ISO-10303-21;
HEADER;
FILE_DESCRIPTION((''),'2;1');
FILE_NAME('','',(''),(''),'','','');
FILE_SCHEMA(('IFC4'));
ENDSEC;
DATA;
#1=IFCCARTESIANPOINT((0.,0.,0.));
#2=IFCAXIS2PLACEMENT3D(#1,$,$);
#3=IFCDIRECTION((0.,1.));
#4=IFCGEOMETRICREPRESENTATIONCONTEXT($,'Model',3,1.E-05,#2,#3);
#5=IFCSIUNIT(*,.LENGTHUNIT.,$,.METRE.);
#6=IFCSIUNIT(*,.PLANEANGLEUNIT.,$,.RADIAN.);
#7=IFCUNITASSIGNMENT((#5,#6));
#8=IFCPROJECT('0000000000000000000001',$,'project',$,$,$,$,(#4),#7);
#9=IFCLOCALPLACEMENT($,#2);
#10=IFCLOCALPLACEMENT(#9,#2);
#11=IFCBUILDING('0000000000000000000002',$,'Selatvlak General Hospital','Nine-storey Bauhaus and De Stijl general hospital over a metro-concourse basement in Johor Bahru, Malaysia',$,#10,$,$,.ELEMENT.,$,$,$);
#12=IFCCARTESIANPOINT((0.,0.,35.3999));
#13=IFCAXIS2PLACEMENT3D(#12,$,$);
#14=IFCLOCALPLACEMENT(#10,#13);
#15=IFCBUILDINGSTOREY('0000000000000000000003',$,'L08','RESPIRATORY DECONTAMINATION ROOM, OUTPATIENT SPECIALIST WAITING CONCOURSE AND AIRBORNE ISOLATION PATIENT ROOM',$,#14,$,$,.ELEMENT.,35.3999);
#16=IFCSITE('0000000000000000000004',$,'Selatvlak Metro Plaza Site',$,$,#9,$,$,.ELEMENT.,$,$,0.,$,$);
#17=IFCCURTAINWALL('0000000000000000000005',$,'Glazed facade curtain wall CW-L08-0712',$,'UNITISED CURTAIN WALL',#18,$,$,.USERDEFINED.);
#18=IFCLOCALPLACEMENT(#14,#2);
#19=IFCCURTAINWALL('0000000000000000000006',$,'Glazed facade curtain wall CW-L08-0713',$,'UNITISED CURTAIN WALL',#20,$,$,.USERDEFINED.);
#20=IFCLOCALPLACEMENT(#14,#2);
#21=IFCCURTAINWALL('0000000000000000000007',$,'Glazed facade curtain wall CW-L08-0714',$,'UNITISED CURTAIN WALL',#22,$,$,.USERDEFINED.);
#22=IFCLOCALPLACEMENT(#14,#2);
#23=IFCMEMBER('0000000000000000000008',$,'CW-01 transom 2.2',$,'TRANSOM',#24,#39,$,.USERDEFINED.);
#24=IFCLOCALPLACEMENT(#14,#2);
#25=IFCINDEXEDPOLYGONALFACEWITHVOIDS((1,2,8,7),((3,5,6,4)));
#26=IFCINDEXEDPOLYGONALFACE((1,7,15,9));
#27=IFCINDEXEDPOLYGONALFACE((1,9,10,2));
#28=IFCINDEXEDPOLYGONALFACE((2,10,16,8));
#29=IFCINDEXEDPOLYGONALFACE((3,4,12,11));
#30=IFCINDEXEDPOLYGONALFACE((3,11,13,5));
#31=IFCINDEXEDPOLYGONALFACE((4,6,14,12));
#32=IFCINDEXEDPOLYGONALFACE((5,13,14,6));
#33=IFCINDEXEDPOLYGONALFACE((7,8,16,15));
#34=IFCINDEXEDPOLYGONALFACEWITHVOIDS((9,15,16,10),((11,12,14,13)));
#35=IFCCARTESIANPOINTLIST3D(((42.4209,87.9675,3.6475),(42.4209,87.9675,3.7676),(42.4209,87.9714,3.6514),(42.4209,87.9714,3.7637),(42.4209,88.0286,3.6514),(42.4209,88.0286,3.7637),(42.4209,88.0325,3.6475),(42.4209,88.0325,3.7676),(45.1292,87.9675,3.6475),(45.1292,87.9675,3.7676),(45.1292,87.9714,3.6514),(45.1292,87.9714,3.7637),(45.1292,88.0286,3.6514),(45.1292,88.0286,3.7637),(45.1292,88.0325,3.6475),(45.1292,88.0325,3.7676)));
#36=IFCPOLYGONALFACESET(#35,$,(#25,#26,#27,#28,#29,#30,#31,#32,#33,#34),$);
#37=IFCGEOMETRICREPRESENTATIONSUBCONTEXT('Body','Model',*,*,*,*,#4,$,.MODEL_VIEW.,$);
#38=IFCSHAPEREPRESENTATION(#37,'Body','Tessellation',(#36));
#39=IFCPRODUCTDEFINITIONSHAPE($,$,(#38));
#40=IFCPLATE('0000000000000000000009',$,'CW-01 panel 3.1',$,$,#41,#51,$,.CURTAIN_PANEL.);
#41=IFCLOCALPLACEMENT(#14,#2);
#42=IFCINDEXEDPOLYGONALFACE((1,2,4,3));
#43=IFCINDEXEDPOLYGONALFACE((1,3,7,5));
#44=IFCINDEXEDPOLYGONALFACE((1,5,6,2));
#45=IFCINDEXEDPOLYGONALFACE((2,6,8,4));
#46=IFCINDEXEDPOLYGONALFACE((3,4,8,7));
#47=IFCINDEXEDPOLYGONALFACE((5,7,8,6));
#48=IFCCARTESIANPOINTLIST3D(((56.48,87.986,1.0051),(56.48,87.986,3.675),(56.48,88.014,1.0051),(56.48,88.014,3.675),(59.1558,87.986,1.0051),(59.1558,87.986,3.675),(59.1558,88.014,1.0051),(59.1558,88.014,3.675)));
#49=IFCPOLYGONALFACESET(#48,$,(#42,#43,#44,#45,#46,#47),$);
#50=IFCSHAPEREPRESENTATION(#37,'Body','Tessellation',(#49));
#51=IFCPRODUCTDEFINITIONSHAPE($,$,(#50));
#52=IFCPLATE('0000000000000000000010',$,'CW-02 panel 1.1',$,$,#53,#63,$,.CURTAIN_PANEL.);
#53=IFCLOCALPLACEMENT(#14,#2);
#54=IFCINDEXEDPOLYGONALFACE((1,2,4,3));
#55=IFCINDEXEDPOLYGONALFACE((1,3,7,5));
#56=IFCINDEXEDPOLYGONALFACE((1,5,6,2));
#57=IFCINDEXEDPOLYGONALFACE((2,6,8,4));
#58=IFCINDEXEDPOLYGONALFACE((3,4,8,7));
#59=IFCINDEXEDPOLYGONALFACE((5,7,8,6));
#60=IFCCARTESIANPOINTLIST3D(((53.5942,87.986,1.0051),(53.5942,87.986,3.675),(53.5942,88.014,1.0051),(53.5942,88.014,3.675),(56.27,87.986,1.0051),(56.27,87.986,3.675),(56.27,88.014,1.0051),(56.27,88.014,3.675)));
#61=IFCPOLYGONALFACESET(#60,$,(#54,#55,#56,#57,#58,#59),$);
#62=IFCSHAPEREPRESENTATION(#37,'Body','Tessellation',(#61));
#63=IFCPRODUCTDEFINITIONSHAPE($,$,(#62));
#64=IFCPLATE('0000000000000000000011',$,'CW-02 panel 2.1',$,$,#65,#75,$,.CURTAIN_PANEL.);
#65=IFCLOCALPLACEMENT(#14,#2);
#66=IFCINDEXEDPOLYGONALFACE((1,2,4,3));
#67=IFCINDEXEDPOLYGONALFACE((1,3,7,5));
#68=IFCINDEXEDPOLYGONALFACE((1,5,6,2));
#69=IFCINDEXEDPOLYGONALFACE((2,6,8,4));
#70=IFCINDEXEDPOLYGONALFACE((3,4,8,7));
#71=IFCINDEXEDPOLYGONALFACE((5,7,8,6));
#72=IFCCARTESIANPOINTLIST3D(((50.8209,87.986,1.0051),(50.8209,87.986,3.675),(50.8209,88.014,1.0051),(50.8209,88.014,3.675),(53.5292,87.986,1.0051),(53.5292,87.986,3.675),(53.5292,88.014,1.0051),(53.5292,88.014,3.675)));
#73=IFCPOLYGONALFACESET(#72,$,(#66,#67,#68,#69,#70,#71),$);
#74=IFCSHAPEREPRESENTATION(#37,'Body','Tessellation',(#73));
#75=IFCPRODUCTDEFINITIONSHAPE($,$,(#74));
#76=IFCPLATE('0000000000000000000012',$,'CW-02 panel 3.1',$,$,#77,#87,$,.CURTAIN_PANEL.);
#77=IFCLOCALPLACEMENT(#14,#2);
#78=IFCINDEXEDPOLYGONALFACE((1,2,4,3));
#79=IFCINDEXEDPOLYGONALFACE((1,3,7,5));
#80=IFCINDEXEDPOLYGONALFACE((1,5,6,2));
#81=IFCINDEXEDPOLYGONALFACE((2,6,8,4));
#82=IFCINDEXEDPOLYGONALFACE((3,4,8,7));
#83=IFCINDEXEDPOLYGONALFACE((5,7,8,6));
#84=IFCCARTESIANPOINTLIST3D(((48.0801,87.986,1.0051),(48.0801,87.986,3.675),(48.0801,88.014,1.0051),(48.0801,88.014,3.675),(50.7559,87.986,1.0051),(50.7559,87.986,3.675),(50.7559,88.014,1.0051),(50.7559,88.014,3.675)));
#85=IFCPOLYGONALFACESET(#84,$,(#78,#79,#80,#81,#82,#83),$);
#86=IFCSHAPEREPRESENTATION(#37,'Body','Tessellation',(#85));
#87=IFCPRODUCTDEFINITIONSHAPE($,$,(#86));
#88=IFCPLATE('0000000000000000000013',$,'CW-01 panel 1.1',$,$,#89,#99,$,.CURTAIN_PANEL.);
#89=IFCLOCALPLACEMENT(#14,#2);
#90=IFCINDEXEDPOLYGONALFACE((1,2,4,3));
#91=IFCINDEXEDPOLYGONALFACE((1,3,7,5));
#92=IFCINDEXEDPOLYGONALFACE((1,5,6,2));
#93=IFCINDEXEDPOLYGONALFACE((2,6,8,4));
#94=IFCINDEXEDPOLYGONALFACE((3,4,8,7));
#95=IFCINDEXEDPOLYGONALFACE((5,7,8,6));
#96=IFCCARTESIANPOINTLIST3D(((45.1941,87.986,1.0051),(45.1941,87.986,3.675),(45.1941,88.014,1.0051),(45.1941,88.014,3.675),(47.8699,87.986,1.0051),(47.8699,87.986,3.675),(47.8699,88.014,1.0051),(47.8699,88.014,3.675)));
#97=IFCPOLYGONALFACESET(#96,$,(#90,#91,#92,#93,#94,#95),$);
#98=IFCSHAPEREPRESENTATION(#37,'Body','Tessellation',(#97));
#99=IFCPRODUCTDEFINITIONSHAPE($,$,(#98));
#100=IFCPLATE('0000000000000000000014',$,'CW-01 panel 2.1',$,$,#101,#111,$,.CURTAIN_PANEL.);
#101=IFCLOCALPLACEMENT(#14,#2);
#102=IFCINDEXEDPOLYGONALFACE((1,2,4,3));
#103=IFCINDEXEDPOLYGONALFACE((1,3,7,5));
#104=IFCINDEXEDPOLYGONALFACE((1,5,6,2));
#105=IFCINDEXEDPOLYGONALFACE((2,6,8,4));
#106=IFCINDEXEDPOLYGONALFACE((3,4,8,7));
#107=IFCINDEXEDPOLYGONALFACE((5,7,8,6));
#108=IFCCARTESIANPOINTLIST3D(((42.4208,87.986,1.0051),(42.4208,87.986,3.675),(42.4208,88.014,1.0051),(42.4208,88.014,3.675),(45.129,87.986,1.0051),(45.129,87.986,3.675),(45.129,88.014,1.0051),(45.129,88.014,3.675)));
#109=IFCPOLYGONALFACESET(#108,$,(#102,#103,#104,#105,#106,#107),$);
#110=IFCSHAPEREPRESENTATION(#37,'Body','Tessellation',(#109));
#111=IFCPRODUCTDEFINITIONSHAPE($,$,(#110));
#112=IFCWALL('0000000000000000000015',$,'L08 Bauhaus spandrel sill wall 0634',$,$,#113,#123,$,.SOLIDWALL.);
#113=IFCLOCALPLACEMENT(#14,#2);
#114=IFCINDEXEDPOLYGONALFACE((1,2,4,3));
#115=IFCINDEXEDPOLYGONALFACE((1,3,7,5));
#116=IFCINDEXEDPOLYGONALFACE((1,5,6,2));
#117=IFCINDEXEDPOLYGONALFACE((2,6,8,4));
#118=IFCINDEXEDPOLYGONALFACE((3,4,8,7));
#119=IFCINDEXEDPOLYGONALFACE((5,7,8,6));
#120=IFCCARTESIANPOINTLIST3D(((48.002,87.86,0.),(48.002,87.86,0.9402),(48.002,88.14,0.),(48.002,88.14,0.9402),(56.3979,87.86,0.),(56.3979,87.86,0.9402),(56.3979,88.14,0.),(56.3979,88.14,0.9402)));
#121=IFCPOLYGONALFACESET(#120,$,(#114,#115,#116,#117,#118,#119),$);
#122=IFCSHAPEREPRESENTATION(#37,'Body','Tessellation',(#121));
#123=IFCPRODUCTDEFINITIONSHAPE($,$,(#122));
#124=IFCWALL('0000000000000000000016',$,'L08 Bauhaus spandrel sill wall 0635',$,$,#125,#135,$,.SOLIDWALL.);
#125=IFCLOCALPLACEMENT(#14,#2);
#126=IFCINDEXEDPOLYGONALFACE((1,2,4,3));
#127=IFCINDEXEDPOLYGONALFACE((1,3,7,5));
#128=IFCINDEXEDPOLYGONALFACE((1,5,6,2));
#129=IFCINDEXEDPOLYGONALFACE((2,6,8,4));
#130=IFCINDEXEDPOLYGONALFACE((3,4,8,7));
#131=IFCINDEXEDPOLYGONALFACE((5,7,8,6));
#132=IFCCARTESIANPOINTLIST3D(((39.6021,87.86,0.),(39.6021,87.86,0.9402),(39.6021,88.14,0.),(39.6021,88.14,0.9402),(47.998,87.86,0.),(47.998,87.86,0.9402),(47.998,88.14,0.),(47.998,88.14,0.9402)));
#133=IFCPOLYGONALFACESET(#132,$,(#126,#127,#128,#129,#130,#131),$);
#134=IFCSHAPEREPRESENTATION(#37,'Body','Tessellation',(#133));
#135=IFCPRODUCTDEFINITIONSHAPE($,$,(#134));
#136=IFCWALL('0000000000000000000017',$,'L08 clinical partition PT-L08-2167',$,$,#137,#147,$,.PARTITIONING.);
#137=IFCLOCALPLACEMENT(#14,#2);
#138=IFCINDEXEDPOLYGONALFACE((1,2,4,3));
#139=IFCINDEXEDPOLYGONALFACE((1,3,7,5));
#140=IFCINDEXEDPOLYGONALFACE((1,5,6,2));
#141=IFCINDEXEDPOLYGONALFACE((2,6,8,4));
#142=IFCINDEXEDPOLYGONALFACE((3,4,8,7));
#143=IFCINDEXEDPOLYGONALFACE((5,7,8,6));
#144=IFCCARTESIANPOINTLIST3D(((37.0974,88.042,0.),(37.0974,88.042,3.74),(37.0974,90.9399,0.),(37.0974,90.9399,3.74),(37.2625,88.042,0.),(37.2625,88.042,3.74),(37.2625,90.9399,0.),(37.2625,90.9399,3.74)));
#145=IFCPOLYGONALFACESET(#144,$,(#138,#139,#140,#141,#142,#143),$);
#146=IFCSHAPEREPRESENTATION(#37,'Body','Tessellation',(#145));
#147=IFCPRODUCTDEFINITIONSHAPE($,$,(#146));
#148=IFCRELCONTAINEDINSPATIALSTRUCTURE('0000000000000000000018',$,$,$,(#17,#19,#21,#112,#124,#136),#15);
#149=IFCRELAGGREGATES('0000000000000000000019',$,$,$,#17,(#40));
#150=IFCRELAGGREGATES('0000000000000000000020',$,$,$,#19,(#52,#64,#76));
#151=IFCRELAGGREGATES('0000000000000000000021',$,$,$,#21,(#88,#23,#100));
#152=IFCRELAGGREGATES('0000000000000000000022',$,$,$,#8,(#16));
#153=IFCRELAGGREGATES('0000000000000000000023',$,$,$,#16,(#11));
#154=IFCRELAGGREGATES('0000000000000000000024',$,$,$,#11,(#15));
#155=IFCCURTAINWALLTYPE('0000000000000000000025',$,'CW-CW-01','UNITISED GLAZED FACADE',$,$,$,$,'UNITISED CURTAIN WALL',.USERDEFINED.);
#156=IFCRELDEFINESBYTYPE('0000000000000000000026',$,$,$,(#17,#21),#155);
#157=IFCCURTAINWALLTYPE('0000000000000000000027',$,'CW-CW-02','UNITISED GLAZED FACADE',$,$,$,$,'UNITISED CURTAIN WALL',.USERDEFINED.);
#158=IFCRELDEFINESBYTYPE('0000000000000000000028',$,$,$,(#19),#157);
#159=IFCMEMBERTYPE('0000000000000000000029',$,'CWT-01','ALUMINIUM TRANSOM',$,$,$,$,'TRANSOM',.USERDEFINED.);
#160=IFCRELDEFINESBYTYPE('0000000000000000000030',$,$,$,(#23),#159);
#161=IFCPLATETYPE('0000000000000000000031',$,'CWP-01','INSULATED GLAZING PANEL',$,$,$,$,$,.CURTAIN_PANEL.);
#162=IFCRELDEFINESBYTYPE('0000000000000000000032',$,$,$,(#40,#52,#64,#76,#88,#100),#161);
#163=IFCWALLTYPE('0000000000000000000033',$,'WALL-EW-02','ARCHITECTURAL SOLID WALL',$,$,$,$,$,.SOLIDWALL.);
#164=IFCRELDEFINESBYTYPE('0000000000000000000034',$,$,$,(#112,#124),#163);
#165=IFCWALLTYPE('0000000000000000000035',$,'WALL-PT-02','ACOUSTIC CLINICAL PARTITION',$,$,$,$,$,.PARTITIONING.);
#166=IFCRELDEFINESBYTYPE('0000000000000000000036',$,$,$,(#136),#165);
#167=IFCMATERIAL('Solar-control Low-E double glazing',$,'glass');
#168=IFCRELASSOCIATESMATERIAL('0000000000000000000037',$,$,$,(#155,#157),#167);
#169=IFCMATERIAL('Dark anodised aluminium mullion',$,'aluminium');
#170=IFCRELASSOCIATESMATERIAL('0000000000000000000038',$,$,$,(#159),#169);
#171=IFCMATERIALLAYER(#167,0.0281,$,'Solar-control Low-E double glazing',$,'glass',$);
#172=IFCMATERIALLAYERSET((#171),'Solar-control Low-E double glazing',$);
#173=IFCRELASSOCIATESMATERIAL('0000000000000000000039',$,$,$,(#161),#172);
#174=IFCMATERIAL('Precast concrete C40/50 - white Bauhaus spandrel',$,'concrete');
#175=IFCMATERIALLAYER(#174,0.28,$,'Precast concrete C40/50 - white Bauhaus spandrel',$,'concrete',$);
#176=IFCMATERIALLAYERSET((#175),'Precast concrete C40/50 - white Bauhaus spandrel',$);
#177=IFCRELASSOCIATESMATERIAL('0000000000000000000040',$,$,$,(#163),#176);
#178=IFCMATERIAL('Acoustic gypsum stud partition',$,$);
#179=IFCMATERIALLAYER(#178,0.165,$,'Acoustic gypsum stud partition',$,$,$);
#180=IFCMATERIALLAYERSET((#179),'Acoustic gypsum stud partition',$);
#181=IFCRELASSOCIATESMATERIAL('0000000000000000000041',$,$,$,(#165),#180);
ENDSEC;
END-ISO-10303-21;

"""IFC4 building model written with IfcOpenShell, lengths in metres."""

from ifc_helpers import new_model, si_unit, direction, frame, frame_2d, origin, origin_2d, place, context, subcontext, project, spatial, rectangle, hollow_rectangle, extrude, material, layer, layer_set, material_profile, profile_set, type_object, element, aggregate, save


model = new_model("IFC4")

# Units and contexts
model_context = context("Model", 3, precision=1e-05, world=origin(), true_north=direction((0.0, 1.0)))
body_context = subcontext(model_context, "Body", "Model", "MODEL_VIEW")
ifc_project = project(units=[si_unit("LENGTHUNIT", "METRE"), si_unit("PLANEANGLEUNIT", "RADIAN")], contexts=[model_context])

# Site, building, storey
site_placement = place(None, origin())
site = spatial("IfcSite", under=ifc_project, at=site_placement, Name="Selatvlak Metro Plaza Site", CompositionType="ELEMENT", RefElevation=0.0)
building_placement = place(site_placement, origin())
building = spatial("IfcBuilding", under=site, at=building_placement, Name="Selatvlak General Hospital", Description="Nine-storey Bauhaus and De Stijl general hospital over a metro-concourse basement in Johor Bahru, Malaysia", CompositionType="ELEMENT")
storey_placement = place(building_placement, frame((0.0, 0.0, 35.3999)))
storey = spatial("IfcBuildingStorey", under=building, at=storey_placement, Name="L08", Description="RESPIRATORY DECONTAMINATION ROOM, OUTPATIENT SPECIALIST WAITING CONCOURSE AND AIRBORNE ISOLATION PATIENT ROOM", CompositionType="ELEMENT", Elevation=35.3999)

# Curtain wall
ifc_material_1 = material(Name="Solar-control Low-E double glazing", Category="glass")
curtain_wall_type_1 = type_object("IfcCurtainWallType", Name="CW-CW-01", Description="UNITISED GLAZED FACADE", ElementType="UNITISED CURTAIN WALL", PredefinedType="USERDEFINED", material=ifc_material_1)
curtain_wall_1_placement = place(storey_placement, origin())
curtain_wall_1 = element("IfcCurtainWall", 1, at=curtain_wall_1_placement, inside=storey, type_object=curtain_wall_type_1, Name="Glazed facade curtain wall CW-L08-0712", ObjectType="UNITISED CURTAIN WALL", PredefinedType="USERDEFINED")
ifc_material_2 = material(Name="Dark anodised aluminium mullion", Category="aluminium")

# Curtain walls
curtain_wall_type_2 = type_object("IfcCurtainWallType", Name="CW-CW-02", Description="UNITISED GLAZED FACADE", ElementType="UNITISED CURTAIN WALL", PredefinedType="USERDEFINED", material=ifc_material_1)
curtain_wall_2_placement = place(storey_placement, origin())
curtain_wall_2 = element("IfcCurtainWall", 2, at=curtain_wall_2_placement, inside=storey, type_object=curtain_wall_type_2, Name="Glazed facade curtain wall CW-L08-0713", ObjectType="UNITISED CURTAIN WALL", PredefinedType="USERDEFINED")
curtain_wall_3_placement = place(storey_placement, origin())
curtain_wall_3 = element("IfcCurtainWall", 3, at=curtain_wall_3_placement, inside=storey, type_object=curtain_wall_type_1, Name="Glazed facade curtain wall CW-L08-0714", ObjectType="UNITISED CURTAIN WALL", PredefinedType="USERDEFINED")

# Member
ifc_material_profile_1 = material_profile(ifc_material_2, hollow_rectangle(XDim=0.0649, YDim=0.1201, WallThickness=0.0039, at=origin_2d()), Name="AL-TRN 65x120x4")
ifc_profile_set_1 = profile_set([ifc_material_profile_1], Name="Dark anodised aluminium mullion")
member_type_1 = type_object("IfcMemberType", Name="CWT-01", Description="ALUMINIUM TRANSOM", ElementType="TRANSOM", PredefinedType="USERDEFINED", material=ifc_profile_set_1)
member_1_placement = place(storey_placement, frame((45.1292, 88.0, 3.7075), z_axis=(-1.0, 0.0, 0.0), x_axis=(0.0, -1.0, 0.0)))
member_1 = element("IfcMember", 4, at=member_1_placement, type_object=member_type_1, Name="CW-01 transom 2.2", ObjectType="TRANSOM", PredefinedType="USERDEFINED", context=body_context, shape_type="SweptSolid", body=[
    extrude(hollow_rectangle(XDim=0.0649, YDim=0.1201, WallThickness=0.0039, at=origin_2d()), origin(), (0.0, 0.0, 1.0), 2.7083),
])

# Plates
ifc_layer_1 = layer(ifc_material_1, 0.0281, Name="Solar-control Low-E double glazing", Category="glass")
ifc_layer_set_1 = layer_set([ifc_layer_1], Name="Solar-control Low-E double glazing")
plate_type = type_object("IfcPlateType", Name="CWP-01", Description="INSULATED GLAZING PANEL", PredefinedType="CURTAIN_PANEL", material=ifc_layer_set_1)
plate_1_placement = place(storey_placement, frame((57.8179, 88.0, 1.0051), z_axis=(0.0, 0.0, 1.0), x_axis=(-1.0, 0.0, 0.0)))
plate_1 = element("IfcPlate", 5, at=plate_1_placement, type_object=plate_type, Name="CW-01 panel 3.1", PredefinedType="CURTAIN_PANEL", context=body_context, shape_type="SweptSolid", body=[
    extrude(rectangle(XDim=2.6758, YDim=0.0281, at=origin_2d()), origin(), (0.0, 0.0, 1.0), 2.6699),
])
aggregate(curtain_wall_1, [plate_1])
plate_2_placement = place(storey_placement, frame((54.9321, 88.0, 1.0051), z_axis=(0.0, 0.0, 1.0), x_axis=(-1.0, 0.0, 0.0)))
plate_2 = element("IfcPlate", 6, at=plate_2_placement, type_object=plate_type, Name="CW-02 panel 1.1", PredefinedType="CURTAIN_PANEL", context=body_context, shape_type="SweptSolid", body=[
    extrude(rectangle(XDim=2.6758, YDim=0.0281, at=origin_2d()), origin(), (0.0, 0.0, 1.0), 2.6699),
])
plate_3_placement = place(storey_placement, frame((52.175, 88.0, 1.0051), z_axis=(0.0, 0.0, 1.0), x_axis=(-1.0, 0.0, 0.0)))
plate_3 = element("IfcPlate", 7, at=plate_3_placement, type_object=plate_type, Name="CW-02 panel 2.1", PredefinedType="CURTAIN_PANEL", context=body_context, shape_type="SweptSolid", body=[
    extrude(rectangle(XDim=2.7083, YDim=0.0281, at=origin_2d()), origin(), (0.0, 0.0, 1.0), 2.6699),
])
plate_4_placement = place(storey_placement, frame((49.418, 88.0, 1.0051), z_axis=(0.0, 0.0, 1.0), x_axis=(-1.0, 0.0, 0.0)))
plate_4 = element("IfcPlate", 8, at=plate_4_placement, type_object=plate_type, Name="CW-02 panel 3.1", PredefinedType="CURTAIN_PANEL", context=body_context, shape_type="SweptSolid", body=[
    extrude(rectangle(XDim=2.6758, YDim=0.0281, at=origin_2d()), origin(), (0.0, 0.0, 1.0), 2.6699),
])
aggregate(curtain_wall_2, [plate_2, plate_3, plate_4])
plate_5_placement = place(storey_placement, frame((46.532, 88.0, 1.0051), z_axis=(0.0, 0.0, 1.0), x_axis=(-1.0, 0.0, 0.0)))
plate_5 = element("IfcPlate", 9, at=plate_5_placement, type_object=plate_type, Name="CW-01 panel 1.1", PredefinedType="CURTAIN_PANEL", context=body_context, shape_type="SweptSolid", body=[
    extrude(rectangle(XDim=2.6758, YDim=0.0281, at=origin_2d()), origin(), (0.0, 0.0, 1.0), 2.6699),
])
plate_6_placement = place(storey_placement, frame((43.7749, 88.0, 1.0051), z_axis=(0.0, 0.0, 1.0), x_axis=(-1.0, 0.0, 0.0)))
plate_6 = element("IfcPlate", 10, at=plate_6_placement, type_object=plate_type, Name="CW-01 panel 2.1", PredefinedType="CURTAIN_PANEL", context=body_context, shape_type="SweptSolid", body=[
    extrude(rectangle(XDim=2.7083, YDim=0.0281, at=origin_2d()), origin(), (0.0, 0.0, 1.0), 2.6699),
])
aggregate(curtain_wall_3, [plate_5, member_1, plate_6])

# Walls
ifc_material_3 = material(Name="Precast concrete C40/50 - white Bauhaus spandrel", Category="concrete")
ifc_layer_2 = layer(ifc_material_3, 0.28, Name="Precast concrete C40/50 - white Bauhaus spandrel", Category="concrete")
ifc_layer_set_2 = layer_set([ifc_layer_2], Name="Precast concrete C40/50 - white Bauhaus spandrel")
wall_type_1 = type_object("IfcWallType", Name="WALL-EW-02", Description="ARCHITECTURAL SOLID WALL", PredefinedType="SOLIDWALL", material=ifc_layer_set_2)
for number, where, z_axis, x_axis, name in (
    (11, (56.3979, 88.0, 0.0), (0.0, 0.0, 1.0), (-1.0, 0.0, 0.0), "L08 Bauhaus spandrel sill wall 0634"),
    (12, (47.998, 88.0, 0.0), (0.0, 0.0, 1.0), (-1.0, 0.0, 0.0), "L08 Bauhaus spandrel sill wall 0635"),
):
    element("IfcWall", number, at=place(storey_placement, frame(where, z_axis=z_axis, x_axis=x_axis)), inside=storey, type_object=wall_type_1, Name=name, PredefinedType="SOLIDWALL", context=body_context, shape_type="SweptSolid", body=[
        extrude(rectangle(XDim=8.396, YDim=0.28, at=frame_2d((4.198, 0.0))), origin(), (0.0, 0.0, 1.0), 0.9402),
    ])
ifc_material_4 = material(Name="Acoustic gypsum stud partition")
ifc_layer_3 = layer(ifc_material_4, 0.165, Name="Acoustic gypsum stud partition")
ifc_layer_set_3 = layer_set([ifc_layer_3], Name="Acoustic gypsum stud partition")
wall_type_2 = type_object("IfcWallType", Name="WALL-PT-02", Description="ACOUSTIC CLINICAL PARTITION", PredefinedType="PARTITIONING", material=ifc_layer_set_3)
wall_placement = place(storey_placement, frame((37.1799, 88.042, 0.0), z_axis=(0.0, 0.0, 1.0), x_axis=(0.0, 1.0, 0.0)))
element("IfcWall", 13, at=wall_placement, inside=storey, type_object=wall_type_2, Name="L08 clinical partition PT-L08-2167", PredefinedType="PARTITIONING", context=body_context, shape_type="SweptSolid", body=[
    extrude(rectangle(XDim=2.8979, YDim=0.165, at=frame_2d((1.449, 0.0))), origin(), (0.0, 0.0, 1.0), 3.74),
])

save(model, "model.ifc")
